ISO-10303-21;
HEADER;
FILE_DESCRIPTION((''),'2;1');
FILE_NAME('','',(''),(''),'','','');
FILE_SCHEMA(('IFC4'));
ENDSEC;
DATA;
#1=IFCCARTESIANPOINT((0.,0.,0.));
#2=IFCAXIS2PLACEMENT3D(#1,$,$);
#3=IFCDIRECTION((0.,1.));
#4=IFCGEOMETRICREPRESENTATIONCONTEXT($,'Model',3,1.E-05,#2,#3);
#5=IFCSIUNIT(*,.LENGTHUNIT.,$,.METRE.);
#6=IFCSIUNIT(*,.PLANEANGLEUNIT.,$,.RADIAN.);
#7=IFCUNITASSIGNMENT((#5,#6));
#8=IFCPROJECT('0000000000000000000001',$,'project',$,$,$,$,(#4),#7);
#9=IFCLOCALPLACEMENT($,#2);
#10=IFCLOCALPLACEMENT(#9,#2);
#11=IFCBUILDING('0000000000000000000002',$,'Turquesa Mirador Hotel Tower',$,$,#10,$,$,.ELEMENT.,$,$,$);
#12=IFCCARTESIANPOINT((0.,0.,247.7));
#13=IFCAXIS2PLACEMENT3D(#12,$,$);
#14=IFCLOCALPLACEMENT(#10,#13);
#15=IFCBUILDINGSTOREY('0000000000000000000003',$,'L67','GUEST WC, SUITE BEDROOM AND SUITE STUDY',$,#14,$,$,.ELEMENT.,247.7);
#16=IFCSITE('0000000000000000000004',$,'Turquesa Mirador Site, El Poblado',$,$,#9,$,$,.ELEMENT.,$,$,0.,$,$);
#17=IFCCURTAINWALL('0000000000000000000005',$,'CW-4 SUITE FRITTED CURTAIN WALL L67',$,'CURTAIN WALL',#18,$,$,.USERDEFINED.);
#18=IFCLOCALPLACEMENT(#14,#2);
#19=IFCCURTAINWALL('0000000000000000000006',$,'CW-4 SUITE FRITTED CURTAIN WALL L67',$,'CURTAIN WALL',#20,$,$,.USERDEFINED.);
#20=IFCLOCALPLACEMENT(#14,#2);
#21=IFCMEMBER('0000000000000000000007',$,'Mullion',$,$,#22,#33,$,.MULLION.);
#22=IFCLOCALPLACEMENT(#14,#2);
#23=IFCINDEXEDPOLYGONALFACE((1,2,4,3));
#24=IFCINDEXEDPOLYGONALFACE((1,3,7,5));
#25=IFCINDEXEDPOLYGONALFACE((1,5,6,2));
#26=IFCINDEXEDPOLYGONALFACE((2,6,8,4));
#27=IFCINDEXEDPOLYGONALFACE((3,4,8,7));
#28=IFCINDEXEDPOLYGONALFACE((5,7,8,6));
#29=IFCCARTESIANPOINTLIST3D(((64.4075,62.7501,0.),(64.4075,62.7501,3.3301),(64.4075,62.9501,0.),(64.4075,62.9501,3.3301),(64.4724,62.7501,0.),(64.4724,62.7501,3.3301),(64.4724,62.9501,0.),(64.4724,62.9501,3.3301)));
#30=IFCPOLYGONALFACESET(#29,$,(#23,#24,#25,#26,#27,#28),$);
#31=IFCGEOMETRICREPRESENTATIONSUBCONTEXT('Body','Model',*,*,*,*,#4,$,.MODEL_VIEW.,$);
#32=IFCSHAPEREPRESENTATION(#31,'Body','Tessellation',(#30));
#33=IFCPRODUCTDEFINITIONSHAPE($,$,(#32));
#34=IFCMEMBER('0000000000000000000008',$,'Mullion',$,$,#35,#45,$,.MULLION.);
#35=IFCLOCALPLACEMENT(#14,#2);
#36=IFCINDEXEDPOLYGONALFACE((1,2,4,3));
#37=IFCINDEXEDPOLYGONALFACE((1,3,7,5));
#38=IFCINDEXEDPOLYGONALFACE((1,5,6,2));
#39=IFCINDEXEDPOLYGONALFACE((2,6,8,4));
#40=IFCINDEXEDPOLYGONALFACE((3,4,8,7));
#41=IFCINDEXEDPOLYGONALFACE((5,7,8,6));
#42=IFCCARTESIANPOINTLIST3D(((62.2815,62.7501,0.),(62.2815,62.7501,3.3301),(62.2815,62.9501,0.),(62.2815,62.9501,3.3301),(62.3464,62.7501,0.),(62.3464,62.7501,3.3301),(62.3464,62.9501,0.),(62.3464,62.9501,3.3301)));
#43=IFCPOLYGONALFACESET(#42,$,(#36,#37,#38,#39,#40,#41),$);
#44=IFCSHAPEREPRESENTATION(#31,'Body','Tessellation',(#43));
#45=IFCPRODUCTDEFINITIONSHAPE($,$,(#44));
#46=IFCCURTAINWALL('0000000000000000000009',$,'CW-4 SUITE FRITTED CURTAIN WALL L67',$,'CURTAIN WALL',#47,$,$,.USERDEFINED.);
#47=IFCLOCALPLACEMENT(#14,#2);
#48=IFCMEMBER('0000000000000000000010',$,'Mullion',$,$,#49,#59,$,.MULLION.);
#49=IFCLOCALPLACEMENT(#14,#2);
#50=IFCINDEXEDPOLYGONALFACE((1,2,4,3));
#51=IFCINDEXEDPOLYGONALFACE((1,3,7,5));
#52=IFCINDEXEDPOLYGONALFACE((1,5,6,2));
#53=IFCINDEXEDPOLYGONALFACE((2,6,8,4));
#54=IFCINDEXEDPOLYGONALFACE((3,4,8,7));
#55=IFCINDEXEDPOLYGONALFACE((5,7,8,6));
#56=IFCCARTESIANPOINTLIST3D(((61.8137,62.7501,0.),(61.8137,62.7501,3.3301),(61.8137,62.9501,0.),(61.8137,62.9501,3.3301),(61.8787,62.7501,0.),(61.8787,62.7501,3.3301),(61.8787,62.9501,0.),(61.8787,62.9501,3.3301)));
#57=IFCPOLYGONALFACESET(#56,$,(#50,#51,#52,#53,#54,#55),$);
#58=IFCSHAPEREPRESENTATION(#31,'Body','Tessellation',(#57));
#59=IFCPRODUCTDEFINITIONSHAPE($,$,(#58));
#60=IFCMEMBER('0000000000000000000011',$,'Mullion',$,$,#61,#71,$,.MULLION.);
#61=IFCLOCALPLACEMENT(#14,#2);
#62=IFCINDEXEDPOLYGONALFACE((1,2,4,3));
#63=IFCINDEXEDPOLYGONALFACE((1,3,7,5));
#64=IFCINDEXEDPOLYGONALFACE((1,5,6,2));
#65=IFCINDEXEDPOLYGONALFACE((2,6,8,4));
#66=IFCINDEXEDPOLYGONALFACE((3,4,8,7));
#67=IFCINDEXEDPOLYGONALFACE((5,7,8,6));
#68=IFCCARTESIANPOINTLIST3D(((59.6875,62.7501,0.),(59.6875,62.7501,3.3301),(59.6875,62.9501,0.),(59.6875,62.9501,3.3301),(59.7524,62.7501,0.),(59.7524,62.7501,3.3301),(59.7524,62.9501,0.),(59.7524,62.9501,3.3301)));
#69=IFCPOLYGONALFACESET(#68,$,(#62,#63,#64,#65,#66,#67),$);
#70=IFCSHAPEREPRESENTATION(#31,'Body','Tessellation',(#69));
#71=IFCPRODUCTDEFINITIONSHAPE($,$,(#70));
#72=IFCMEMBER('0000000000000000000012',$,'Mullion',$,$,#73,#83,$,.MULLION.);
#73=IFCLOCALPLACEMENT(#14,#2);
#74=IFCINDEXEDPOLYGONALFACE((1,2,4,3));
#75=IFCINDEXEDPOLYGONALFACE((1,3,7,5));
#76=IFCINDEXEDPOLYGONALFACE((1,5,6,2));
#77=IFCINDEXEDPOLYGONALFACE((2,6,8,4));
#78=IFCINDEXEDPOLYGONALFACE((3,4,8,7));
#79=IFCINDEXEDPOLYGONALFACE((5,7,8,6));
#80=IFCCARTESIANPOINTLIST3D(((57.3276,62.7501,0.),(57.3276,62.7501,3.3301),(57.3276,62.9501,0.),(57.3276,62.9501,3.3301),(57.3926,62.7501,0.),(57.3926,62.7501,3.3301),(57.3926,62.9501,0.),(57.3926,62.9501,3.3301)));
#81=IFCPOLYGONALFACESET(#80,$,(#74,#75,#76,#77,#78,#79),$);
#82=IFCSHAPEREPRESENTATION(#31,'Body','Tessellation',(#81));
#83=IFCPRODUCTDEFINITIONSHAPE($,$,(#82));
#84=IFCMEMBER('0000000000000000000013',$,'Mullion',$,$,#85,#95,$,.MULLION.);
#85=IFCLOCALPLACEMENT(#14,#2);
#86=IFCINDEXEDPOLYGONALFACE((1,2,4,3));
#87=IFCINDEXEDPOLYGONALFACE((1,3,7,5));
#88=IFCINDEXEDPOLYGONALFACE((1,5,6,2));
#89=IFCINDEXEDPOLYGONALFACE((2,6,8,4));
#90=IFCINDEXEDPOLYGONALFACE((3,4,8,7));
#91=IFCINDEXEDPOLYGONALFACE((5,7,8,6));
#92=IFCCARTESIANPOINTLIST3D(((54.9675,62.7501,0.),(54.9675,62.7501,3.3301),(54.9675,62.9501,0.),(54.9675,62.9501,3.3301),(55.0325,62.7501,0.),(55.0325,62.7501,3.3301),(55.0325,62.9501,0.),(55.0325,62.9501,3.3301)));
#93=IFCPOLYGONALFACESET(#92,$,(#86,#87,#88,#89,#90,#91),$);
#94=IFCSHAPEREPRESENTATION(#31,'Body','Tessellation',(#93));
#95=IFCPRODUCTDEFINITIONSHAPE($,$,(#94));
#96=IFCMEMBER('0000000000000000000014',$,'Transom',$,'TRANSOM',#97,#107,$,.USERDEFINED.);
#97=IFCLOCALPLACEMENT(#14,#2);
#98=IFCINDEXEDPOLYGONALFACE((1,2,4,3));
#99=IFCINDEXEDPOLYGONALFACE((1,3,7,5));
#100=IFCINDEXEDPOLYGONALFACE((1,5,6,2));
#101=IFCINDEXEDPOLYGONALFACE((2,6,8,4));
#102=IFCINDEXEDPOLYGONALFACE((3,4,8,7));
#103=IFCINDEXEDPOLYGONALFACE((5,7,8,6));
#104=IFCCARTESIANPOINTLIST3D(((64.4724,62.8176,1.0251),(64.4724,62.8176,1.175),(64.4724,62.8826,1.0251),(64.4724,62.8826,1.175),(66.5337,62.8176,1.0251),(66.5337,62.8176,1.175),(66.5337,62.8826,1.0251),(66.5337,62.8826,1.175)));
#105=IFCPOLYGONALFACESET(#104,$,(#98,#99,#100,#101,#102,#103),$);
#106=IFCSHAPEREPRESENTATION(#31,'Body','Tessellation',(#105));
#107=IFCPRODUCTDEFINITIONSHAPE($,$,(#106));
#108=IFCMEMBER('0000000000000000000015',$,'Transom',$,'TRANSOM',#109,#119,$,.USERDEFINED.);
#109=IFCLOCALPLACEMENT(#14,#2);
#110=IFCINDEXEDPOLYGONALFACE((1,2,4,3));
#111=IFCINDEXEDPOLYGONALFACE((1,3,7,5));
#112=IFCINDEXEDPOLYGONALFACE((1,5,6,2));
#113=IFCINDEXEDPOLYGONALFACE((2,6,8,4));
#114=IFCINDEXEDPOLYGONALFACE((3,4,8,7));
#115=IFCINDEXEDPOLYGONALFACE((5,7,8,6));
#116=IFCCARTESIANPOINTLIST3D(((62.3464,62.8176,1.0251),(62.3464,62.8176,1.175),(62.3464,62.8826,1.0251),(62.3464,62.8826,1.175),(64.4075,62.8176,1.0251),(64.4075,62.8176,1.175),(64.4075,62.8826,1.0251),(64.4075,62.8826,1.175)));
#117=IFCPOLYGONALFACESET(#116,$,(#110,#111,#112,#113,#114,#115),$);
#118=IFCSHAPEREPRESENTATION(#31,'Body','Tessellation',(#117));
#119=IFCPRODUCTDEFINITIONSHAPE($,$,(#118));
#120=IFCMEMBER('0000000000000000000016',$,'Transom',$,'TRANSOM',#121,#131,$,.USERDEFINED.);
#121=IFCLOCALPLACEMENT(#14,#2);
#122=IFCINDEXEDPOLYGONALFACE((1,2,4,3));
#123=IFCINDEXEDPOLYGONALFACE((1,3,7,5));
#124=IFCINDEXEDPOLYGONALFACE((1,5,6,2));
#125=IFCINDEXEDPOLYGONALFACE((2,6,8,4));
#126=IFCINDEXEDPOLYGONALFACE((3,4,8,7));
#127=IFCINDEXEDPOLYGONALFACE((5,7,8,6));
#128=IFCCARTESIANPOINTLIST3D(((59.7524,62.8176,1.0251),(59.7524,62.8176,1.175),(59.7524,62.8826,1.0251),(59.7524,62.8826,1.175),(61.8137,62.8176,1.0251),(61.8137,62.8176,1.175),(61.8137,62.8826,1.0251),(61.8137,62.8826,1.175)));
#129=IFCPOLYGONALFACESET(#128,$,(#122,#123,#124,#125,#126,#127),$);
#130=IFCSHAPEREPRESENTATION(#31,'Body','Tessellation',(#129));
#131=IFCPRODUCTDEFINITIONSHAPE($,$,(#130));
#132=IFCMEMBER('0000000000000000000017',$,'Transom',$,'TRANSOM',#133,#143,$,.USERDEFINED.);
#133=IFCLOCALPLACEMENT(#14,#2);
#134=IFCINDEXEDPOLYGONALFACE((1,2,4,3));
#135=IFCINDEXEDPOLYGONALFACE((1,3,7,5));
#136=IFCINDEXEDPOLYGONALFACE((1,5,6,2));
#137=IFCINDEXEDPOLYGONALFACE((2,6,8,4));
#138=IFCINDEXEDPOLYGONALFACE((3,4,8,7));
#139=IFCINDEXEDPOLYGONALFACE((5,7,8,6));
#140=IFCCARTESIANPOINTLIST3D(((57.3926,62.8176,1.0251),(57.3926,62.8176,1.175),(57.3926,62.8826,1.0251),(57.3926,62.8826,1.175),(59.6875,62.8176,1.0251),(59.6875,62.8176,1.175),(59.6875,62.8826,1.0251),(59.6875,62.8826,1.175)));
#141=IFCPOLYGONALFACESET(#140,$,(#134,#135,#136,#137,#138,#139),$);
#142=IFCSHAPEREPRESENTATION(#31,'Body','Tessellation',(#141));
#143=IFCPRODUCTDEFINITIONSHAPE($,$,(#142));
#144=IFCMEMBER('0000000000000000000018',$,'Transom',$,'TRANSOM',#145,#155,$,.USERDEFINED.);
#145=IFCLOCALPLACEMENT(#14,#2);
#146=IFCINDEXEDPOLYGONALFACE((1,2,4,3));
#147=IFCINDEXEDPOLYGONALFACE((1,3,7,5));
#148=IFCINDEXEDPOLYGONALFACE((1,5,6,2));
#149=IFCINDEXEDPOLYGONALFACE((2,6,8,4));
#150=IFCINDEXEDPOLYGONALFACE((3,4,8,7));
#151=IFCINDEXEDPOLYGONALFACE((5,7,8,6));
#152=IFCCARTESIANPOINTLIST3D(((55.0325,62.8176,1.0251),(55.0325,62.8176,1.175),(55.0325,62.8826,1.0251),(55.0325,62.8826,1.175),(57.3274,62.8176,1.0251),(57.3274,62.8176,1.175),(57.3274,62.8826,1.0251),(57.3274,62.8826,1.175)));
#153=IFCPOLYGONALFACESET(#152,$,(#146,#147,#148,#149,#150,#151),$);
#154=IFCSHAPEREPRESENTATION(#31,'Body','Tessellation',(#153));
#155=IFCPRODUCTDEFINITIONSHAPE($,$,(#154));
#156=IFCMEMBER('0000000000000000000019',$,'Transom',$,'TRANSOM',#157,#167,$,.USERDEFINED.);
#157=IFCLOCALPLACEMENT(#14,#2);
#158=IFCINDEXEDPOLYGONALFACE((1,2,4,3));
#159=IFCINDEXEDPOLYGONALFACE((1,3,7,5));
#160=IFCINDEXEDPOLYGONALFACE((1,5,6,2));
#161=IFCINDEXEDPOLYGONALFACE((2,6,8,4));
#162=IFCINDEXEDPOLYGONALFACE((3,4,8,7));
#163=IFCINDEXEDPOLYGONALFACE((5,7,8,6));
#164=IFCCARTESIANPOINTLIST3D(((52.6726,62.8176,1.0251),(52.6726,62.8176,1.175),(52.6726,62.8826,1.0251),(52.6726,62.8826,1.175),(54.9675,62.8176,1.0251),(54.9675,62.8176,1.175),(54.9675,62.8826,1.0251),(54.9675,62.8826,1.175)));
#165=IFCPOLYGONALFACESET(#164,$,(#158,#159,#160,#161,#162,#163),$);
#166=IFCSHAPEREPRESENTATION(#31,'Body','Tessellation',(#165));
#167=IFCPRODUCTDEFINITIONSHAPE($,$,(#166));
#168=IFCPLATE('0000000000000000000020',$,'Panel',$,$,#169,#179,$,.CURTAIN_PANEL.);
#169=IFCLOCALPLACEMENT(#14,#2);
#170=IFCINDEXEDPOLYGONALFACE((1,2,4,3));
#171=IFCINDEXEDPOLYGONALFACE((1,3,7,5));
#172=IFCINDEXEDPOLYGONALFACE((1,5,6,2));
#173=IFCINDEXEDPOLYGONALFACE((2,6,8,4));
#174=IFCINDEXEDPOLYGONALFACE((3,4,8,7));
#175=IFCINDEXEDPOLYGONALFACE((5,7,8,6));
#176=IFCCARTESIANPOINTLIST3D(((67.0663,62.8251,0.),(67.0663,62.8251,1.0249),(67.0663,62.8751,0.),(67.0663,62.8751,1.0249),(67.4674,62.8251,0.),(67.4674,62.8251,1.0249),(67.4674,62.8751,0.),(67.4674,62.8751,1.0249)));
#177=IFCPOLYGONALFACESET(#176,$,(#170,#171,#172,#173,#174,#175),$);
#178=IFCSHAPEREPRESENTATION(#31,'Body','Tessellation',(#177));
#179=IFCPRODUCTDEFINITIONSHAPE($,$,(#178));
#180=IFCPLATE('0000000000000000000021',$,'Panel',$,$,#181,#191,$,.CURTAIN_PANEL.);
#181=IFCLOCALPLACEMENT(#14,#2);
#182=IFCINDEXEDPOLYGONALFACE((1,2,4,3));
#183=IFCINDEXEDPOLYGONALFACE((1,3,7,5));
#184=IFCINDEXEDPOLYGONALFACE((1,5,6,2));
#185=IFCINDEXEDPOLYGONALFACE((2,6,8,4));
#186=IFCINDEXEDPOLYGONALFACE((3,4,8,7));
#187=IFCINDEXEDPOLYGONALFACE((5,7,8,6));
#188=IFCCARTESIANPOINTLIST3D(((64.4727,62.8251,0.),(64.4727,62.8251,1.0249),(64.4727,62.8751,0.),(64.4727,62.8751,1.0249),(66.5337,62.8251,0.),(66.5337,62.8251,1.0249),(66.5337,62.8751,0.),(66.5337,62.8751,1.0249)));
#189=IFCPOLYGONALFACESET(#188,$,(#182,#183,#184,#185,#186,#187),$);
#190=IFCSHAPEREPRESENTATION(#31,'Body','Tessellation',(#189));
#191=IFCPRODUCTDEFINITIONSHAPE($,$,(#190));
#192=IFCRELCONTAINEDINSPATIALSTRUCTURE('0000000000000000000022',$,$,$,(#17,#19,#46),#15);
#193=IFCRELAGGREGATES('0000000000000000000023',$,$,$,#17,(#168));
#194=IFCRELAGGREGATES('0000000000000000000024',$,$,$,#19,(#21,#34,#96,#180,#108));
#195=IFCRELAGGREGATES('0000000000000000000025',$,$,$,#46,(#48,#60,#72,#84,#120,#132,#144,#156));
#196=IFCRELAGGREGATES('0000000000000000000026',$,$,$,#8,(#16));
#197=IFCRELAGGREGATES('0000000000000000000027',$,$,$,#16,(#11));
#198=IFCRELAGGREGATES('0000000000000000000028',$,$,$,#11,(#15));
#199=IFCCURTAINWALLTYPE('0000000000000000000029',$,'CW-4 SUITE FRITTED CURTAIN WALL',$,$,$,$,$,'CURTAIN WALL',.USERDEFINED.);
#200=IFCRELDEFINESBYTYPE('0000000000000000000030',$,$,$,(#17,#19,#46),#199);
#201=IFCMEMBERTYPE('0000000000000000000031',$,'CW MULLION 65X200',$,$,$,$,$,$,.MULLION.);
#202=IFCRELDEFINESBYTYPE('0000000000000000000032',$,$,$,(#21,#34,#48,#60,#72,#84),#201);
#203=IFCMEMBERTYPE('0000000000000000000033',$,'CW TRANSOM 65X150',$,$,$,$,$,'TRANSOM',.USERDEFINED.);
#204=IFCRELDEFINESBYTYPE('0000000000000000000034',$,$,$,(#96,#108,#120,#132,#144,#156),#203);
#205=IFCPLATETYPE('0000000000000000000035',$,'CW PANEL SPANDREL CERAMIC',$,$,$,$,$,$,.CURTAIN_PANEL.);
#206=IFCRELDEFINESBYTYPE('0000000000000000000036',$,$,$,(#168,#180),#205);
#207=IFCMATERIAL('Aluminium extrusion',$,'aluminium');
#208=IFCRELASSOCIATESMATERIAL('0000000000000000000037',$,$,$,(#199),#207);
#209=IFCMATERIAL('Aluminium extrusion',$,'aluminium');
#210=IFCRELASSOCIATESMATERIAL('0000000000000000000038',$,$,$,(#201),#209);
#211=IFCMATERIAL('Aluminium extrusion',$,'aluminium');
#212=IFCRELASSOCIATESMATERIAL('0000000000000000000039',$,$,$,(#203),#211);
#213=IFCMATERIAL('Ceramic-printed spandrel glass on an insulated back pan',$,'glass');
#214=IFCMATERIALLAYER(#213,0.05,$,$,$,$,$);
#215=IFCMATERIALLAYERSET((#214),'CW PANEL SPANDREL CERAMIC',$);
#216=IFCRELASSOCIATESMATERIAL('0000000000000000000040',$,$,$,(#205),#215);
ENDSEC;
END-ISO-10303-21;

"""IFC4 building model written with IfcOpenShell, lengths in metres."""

from ifc_helpers import new_model, si_unit, direction, frame, origin, origin_2d, place, context, subcontext, project, spatial, rectangle, extrude, material, layer, layer_set, material_profile, profile_set, type_object, element, aggregate, save


model = new_model("IFC4")

# Units and contexts
model_context = context("Model", 3, precision=1e-05, world=origin(), true_north=direction((0.0, 1.0)))
body_context = subcontext(model_context, "Body", "Model", "MODEL_VIEW")
ifc_project = project(units=[si_unit("LENGTHUNIT", "METRE"), si_unit("PLANEANGLEUNIT", "RADIAN")], contexts=[model_context])

# Site, building, storey
site_placement = place(None, origin())
site = spatial("IfcSite", under=ifc_project, at=site_placement, Name="Turquesa Mirador Site, El Poblado", CompositionType="ELEMENT", RefElevation=0.0)
building_placement = place(site_placement, origin())
building = spatial("IfcBuilding", under=site, at=building_placement, Name="Turquesa Mirador Hotel Tower", CompositionType="ELEMENT")
storey_placement = place(building_placement, frame((0.0, 0.0, 247.7)))
storey = spatial("IfcBuildingStorey", under=building, at=storey_placement, Name="L67", Description="GUEST WC, SUITE BEDROOM AND SUITE STUDY", CompositionType="ELEMENT", Elevation=247.7)

# Curtain wall
ifc_material_1 = material(Name="Aluminium extrusion", Category="aluminium")
curtain_wall_type = type_object("IfcCurtainWallType", Name="CW-4 SUITE FRITTED CURTAIN WALL", ElementType="CURTAIN WALL", PredefinedType="USERDEFINED", material=ifc_material_1)
curtain_wall_1_placement = place(storey_placement, origin())
curtain_wall_1 = element("IfcCurtainWall", 1, at=curtain_wall_1_placement, inside=storey, type_object=curtain_wall_type, Name="CW-4 SUITE FRITTED CURTAIN WALL L67", ObjectType="CURTAIN WALL", PredefinedType="USERDEFINED")
ifc_material_2 = material(Name="Aluminium extrusion", Category="aluminium")
ifc_material_profile_1 = material_profile(ifc_material_2, rectangle(XDim=0.0649, YDim=0.2, at=origin_2d()), Name="MULLION 65X200")
ifc_profile_set_1 = profile_set([ifc_material_profile_1], Name="Aluminium extrusion")
member_type_1 = type_object("IfcMemberType", Name="CW MULLION 65X200", PredefinedType="MULLION", material=ifc_profile_set_1)

# Curtain walls, members
curtain_wall_2_placement = place(storey_placement, origin())
curtain_wall_2 = element("IfcCurtainWall", 2, at=curtain_wall_2_placement, inside=storey, type_object=curtain_wall_type, Name="CW-4 SUITE FRITTED CURTAIN WALL L67", ObjectType="CURTAIN WALL", PredefinedType="USERDEFINED")
member_1_placement = place(storey_placement, frame((64.4399, 62.8501, 0.0), z_axis=(0.0, 0.0, 1.0), x_axis=(-1.0, 0.0, 0.0)))
member_1 = element("IfcMember", 3, at=member_1_placement, type_object=member_type_1, Name="Mullion", PredefinedType="MULLION", context=body_context, shape_type="SweptSolid", body=[
    extrude(rectangle(XDim=0.0649, YDim=0.2, at=origin_2d()), origin(), (0.0, 0.0, 1.0), 3.3301),
])
member_2_placement = place(storey_placement, frame((62.314, 62.8501, 0.0), z_axis=(0.0, 0.0, 1.0), x_axis=(-1.0, 0.0, 0.0)))
member_2 = element("IfcMember", 4, at=member_2_placement, type_object=member_type_1, Name="Mullion", PredefinedType="MULLION", context=body_context, shape_type="SweptSolid", body=[
    extrude(rectangle(XDim=0.0649, YDim=0.2, at=origin_2d()), origin(), (0.0, 0.0, 1.0), 3.3301),
])
curtain_wall_3_placement = place(storey_placement, origin())
curtain_wall_3 = element("IfcCurtainWall", 5, at=curtain_wall_3_placement, inside=storey, type_object=curtain_wall_type, Name="CW-4 SUITE FRITTED CURTAIN WALL L67", ObjectType="CURTAIN WALL", PredefinedType="USERDEFINED")
member_3_placement = place(storey_placement, frame((61.8462, 62.8501, 0.0), z_axis=(0.0, 0.0, 1.0), x_axis=(-1.0, 0.0, 0.0)))
member_3 = element("IfcMember", 6, at=member_3_placement, type_object=member_type_1, Name="Mullion", PredefinedType="MULLION", context=body_context, shape_type="SweptSolid", body=[
    extrude(rectangle(XDim=0.0649, YDim=0.2, at=origin_2d()), origin(), (0.0, 0.0, 1.0), 3.3301),
])
member_4_placement = place(storey_placement, frame((59.72, 62.8501, 0.0), z_axis=(0.0, 0.0, 1.0), x_axis=(-1.0, 0.0, 0.0)))
member_4 = element("IfcMember", 7, at=member_4_placement, type_object=member_type_1, Name="Mullion", PredefinedType="MULLION", context=body_context, shape_type="SweptSolid", body=[
    extrude(rectangle(XDim=0.0649, YDim=0.2, at=origin_2d()), origin(), (0.0, 0.0, 1.0), 3.3301),
])
member_5_placement = place(storey_placement, frame((57.3601, 62.8501, 0.0), z_axis=(0.0, 0.0, 1.0), x_axis=(-1.0, 0.0, 0.0)))
member_5 = element("IfcMember", 8, at=member_5_placement, type_object=member_type_1, Name="Mullion", PredefinedType="MULLION", context=body_context, shape_type="SweptSolid", body=[
    extrude(rectangle(XDim=0.0649, YDim=0.2, at=origin_2d()), origin(), (0.0, 0.0, 1.0), 3.3301),
])
member_6_placement = place(storey_placement, frame((55.0, 62.8501, 0.0), z_axis=(0.0, 0.0, 1.0), x_axis=(-1.0, 0.0, 0.0)))
member_6 = element("IfcMember", 9, at=member_6_placement, type_object=member_type_1, Name="Mullion", PredefinedType="MULLION", context=body_context, shape_type="SweptSolid", body=[
    extrude(rectangle(XDim=0.0649, YDim=0.2, at=origin_2d()), origin(), (0.0, 0.0, 1.0), 3.3301),
])

# Members
ifc_material_3 = material(Name="Aluminium extrusion", Category="aluminium")
ifc_material_profile_2 = material_profile(ifc_material_3, rectangle(XDim=0.0649, YDim=0.1499, at=origin_2d()), Name="TRANSOM 65X150")
ifc_profile_set_2 = profile_set([ifc_material_profile_2], Name="Aluminium extrusion")
member_type_2 = type_object("IfcMemberType", Name="CW TRANSOM 65X150", ElementType="TRANSOM", PredefinedType="USERDEFINED", material=ifc_profile_set_2)
member_7_placement = place(storey_placement, frame((66.5337, 62.8501, 1.1001), z_axis=(-1.0, 0.0, 0.0), x_axis=(0.0, -1.0, 0.0)))
member_7 = element("IfcMember", 10, at=member_7_placement, type_object=member_type_2, Name="Transom", ObjectType="TRANSOM", PredefinedType="USERDEFINED", context=body_context, shape_type="SweptSolid", body=[
    extrude(rectangle(XDim=0.0649, YDim=0.1499, at=origin_2d()), origin(), (0.0, 0.0, 1.0), 2.0613),
])
member_8_placement = place(storey_placement, frame((64.4075, 62.8501, 1.1001), z_axis=(-1.0, 0.0, 0.0), x_axis=(0.0, -1.0, 0.0)))
member_8 = element("IfcMember", 11, at=member_8_placement, type_object=member_type_2, Name="Transom", ObjectType="TRANSOM", PredefinedType="USERDEFINED", context=body_context, shape_type="SweptSolid", body=[
    extrude(rectangle(XDim=0.0649, YDim=0.1499, at=origin_2d()), origin(), (0.0, 0.0, 1.0), 2.061),
])
member_9_placement = place(storey_placement, frame((61.8137, 62.8501, 1.1001), z_axis=(-1.0, 0.0, 0.0), x_axis=(0.0, -1.0, 0.0)))
member_9 = element("IfcMember", 12, at=member_9_placement, type_object=member_type_2, Name="Transom", ObjectType="TRANSOM", PredefinedType="USERDEFINED", context=body_context, shape_type="SweptSolid", body=[
    extrude(rectangle(XDim=0.0649, YDim=0.1499, at=origin_2d()), origin(), (0.0, 0.0, 1.0), 2.0613),
])
member_10_placement = place(storey_placement, frame((59.6875, 62.8501, 1.1001), z_axis=(-1.0, 0.0, 0.0), x_axis=(0.0, -1.0, 0.0)))
member_10 = element("IfcMember", 13, at=member_10_placement, type_object=member_type_2, Name="Transom", ObjectType="TRANSOM", PredefinedType="USERDEFINED", context=body_context, shape_type="SweptSolid", body=[
    extrude(rectangle(XDim=0.0649, YDim=0.1499, at=origin_2d()), origin(), (0.0, 0.0, 1.0), 2.2949),
])
member_11_placement = place(storey_placement, frame((57.3274, 62.8501, 1.1001), z_axis=(-1.0, 0.0, 0.0), x_axis=(0.0, -1.0, 0.0)))
member_11 = element("IfcMember", 14, at=member_11_placement, type_object=member_type_2, Name="Transom", ObjectType="TRANSOM", PredefinedType="USERDEFINED", context=body_context, shape_type="SweptSolid", body=[
    extrude(rectangle(XDim=0.0649, YDim=0.1499, at=origin_2d()), origin(), (0.0, 0.0, 1.0), 2.2949),
])
member_12_placement = place(storey_placement, frame((54.9675, 62.8501, 1.1001), z_axis=(-1.0, 0.0, 0.0), x_axis=(0.0, -1.0, 0.0)))
member_12 = element("IfcMember", 15, at=member_12_placement, type_object=member_type_2, Name="Transom", ObjectType="TRANSOM", PredefinedType="USERDEFINED", context=body_context, shape_type="SweptSolid", body=[
    extrude(rectangle(XDim=0.0649, YDim=0.1499, at=origin_2d()), origin(), (0.0, 0.0, 1.0), 2.2949),
])

# Plates
ifc_material_4 = material(Name="Ceramic-printed spandrel glass on an insulated back pan", Category="glass")
ifc_layer_1 = layer(ifc_material_4, 0.05)
ifc_layer_set_1 = layer_set([ifc_layer_1], Name="CW PANEL SPANDREL CERAMIC")
plate_type_1 = type_object("IfcPlateType", Name="CW PANEL SPANDREL CERAMIC", PredefinedType="CURTAIN_PANEL", material=ifc_layer_set_1)
plate_1_placement = place(storey_placement, frame((67.2668, 62.8501, 0.0), z_axis=(0.0, 0.0, 1.0), x_axis=(-1.0, 0.0, 0.0)))
plate_1 = element("IfcPlate", 16, at=plate_1_placement, type_object=plate_type_1, Name="Panel", PredefinedType="CURTAIN_PANEL", context=body_context, shape_type="SweptSolid", body=[
    extrude(rectangle(XDim=0.4011, YDim=0.05, at=origin_2d()), origin(), (0.0, 0.0, 1.0), 1.0249),
])
aggregate(curtain_wall_1, [plate_1])
plate_2_placement = place(storey_placement, frame((65.5032, 62.8501, 0.0), z_axis=(0.0, 0.0, 1.0), x_axis=(-1.0, 0.0, 0.0)))
plate_2 = element("IfcPlate", 17, at=plate_2_placement, type_object=plate_type_1, Name="Panel", PredefinedType="CURTAIN_PANEL", context=body_context, shape_type="SweptSolid", body=[
    extrude(rectangle(XDim=2.061, YDim=0.05, at=origin_2d()), origin(), (0.0, 0.0, 1.0), 1.0249),
])
aggregate(curtain_wall_2, [member_1, member_2, member_7, plate_2, member_8])
aggregate(curtain_wall_3, [member_3, member_4, member_5, member_6, member_9, member_10, member_11, member_12])

save(model, "model.ifc")
